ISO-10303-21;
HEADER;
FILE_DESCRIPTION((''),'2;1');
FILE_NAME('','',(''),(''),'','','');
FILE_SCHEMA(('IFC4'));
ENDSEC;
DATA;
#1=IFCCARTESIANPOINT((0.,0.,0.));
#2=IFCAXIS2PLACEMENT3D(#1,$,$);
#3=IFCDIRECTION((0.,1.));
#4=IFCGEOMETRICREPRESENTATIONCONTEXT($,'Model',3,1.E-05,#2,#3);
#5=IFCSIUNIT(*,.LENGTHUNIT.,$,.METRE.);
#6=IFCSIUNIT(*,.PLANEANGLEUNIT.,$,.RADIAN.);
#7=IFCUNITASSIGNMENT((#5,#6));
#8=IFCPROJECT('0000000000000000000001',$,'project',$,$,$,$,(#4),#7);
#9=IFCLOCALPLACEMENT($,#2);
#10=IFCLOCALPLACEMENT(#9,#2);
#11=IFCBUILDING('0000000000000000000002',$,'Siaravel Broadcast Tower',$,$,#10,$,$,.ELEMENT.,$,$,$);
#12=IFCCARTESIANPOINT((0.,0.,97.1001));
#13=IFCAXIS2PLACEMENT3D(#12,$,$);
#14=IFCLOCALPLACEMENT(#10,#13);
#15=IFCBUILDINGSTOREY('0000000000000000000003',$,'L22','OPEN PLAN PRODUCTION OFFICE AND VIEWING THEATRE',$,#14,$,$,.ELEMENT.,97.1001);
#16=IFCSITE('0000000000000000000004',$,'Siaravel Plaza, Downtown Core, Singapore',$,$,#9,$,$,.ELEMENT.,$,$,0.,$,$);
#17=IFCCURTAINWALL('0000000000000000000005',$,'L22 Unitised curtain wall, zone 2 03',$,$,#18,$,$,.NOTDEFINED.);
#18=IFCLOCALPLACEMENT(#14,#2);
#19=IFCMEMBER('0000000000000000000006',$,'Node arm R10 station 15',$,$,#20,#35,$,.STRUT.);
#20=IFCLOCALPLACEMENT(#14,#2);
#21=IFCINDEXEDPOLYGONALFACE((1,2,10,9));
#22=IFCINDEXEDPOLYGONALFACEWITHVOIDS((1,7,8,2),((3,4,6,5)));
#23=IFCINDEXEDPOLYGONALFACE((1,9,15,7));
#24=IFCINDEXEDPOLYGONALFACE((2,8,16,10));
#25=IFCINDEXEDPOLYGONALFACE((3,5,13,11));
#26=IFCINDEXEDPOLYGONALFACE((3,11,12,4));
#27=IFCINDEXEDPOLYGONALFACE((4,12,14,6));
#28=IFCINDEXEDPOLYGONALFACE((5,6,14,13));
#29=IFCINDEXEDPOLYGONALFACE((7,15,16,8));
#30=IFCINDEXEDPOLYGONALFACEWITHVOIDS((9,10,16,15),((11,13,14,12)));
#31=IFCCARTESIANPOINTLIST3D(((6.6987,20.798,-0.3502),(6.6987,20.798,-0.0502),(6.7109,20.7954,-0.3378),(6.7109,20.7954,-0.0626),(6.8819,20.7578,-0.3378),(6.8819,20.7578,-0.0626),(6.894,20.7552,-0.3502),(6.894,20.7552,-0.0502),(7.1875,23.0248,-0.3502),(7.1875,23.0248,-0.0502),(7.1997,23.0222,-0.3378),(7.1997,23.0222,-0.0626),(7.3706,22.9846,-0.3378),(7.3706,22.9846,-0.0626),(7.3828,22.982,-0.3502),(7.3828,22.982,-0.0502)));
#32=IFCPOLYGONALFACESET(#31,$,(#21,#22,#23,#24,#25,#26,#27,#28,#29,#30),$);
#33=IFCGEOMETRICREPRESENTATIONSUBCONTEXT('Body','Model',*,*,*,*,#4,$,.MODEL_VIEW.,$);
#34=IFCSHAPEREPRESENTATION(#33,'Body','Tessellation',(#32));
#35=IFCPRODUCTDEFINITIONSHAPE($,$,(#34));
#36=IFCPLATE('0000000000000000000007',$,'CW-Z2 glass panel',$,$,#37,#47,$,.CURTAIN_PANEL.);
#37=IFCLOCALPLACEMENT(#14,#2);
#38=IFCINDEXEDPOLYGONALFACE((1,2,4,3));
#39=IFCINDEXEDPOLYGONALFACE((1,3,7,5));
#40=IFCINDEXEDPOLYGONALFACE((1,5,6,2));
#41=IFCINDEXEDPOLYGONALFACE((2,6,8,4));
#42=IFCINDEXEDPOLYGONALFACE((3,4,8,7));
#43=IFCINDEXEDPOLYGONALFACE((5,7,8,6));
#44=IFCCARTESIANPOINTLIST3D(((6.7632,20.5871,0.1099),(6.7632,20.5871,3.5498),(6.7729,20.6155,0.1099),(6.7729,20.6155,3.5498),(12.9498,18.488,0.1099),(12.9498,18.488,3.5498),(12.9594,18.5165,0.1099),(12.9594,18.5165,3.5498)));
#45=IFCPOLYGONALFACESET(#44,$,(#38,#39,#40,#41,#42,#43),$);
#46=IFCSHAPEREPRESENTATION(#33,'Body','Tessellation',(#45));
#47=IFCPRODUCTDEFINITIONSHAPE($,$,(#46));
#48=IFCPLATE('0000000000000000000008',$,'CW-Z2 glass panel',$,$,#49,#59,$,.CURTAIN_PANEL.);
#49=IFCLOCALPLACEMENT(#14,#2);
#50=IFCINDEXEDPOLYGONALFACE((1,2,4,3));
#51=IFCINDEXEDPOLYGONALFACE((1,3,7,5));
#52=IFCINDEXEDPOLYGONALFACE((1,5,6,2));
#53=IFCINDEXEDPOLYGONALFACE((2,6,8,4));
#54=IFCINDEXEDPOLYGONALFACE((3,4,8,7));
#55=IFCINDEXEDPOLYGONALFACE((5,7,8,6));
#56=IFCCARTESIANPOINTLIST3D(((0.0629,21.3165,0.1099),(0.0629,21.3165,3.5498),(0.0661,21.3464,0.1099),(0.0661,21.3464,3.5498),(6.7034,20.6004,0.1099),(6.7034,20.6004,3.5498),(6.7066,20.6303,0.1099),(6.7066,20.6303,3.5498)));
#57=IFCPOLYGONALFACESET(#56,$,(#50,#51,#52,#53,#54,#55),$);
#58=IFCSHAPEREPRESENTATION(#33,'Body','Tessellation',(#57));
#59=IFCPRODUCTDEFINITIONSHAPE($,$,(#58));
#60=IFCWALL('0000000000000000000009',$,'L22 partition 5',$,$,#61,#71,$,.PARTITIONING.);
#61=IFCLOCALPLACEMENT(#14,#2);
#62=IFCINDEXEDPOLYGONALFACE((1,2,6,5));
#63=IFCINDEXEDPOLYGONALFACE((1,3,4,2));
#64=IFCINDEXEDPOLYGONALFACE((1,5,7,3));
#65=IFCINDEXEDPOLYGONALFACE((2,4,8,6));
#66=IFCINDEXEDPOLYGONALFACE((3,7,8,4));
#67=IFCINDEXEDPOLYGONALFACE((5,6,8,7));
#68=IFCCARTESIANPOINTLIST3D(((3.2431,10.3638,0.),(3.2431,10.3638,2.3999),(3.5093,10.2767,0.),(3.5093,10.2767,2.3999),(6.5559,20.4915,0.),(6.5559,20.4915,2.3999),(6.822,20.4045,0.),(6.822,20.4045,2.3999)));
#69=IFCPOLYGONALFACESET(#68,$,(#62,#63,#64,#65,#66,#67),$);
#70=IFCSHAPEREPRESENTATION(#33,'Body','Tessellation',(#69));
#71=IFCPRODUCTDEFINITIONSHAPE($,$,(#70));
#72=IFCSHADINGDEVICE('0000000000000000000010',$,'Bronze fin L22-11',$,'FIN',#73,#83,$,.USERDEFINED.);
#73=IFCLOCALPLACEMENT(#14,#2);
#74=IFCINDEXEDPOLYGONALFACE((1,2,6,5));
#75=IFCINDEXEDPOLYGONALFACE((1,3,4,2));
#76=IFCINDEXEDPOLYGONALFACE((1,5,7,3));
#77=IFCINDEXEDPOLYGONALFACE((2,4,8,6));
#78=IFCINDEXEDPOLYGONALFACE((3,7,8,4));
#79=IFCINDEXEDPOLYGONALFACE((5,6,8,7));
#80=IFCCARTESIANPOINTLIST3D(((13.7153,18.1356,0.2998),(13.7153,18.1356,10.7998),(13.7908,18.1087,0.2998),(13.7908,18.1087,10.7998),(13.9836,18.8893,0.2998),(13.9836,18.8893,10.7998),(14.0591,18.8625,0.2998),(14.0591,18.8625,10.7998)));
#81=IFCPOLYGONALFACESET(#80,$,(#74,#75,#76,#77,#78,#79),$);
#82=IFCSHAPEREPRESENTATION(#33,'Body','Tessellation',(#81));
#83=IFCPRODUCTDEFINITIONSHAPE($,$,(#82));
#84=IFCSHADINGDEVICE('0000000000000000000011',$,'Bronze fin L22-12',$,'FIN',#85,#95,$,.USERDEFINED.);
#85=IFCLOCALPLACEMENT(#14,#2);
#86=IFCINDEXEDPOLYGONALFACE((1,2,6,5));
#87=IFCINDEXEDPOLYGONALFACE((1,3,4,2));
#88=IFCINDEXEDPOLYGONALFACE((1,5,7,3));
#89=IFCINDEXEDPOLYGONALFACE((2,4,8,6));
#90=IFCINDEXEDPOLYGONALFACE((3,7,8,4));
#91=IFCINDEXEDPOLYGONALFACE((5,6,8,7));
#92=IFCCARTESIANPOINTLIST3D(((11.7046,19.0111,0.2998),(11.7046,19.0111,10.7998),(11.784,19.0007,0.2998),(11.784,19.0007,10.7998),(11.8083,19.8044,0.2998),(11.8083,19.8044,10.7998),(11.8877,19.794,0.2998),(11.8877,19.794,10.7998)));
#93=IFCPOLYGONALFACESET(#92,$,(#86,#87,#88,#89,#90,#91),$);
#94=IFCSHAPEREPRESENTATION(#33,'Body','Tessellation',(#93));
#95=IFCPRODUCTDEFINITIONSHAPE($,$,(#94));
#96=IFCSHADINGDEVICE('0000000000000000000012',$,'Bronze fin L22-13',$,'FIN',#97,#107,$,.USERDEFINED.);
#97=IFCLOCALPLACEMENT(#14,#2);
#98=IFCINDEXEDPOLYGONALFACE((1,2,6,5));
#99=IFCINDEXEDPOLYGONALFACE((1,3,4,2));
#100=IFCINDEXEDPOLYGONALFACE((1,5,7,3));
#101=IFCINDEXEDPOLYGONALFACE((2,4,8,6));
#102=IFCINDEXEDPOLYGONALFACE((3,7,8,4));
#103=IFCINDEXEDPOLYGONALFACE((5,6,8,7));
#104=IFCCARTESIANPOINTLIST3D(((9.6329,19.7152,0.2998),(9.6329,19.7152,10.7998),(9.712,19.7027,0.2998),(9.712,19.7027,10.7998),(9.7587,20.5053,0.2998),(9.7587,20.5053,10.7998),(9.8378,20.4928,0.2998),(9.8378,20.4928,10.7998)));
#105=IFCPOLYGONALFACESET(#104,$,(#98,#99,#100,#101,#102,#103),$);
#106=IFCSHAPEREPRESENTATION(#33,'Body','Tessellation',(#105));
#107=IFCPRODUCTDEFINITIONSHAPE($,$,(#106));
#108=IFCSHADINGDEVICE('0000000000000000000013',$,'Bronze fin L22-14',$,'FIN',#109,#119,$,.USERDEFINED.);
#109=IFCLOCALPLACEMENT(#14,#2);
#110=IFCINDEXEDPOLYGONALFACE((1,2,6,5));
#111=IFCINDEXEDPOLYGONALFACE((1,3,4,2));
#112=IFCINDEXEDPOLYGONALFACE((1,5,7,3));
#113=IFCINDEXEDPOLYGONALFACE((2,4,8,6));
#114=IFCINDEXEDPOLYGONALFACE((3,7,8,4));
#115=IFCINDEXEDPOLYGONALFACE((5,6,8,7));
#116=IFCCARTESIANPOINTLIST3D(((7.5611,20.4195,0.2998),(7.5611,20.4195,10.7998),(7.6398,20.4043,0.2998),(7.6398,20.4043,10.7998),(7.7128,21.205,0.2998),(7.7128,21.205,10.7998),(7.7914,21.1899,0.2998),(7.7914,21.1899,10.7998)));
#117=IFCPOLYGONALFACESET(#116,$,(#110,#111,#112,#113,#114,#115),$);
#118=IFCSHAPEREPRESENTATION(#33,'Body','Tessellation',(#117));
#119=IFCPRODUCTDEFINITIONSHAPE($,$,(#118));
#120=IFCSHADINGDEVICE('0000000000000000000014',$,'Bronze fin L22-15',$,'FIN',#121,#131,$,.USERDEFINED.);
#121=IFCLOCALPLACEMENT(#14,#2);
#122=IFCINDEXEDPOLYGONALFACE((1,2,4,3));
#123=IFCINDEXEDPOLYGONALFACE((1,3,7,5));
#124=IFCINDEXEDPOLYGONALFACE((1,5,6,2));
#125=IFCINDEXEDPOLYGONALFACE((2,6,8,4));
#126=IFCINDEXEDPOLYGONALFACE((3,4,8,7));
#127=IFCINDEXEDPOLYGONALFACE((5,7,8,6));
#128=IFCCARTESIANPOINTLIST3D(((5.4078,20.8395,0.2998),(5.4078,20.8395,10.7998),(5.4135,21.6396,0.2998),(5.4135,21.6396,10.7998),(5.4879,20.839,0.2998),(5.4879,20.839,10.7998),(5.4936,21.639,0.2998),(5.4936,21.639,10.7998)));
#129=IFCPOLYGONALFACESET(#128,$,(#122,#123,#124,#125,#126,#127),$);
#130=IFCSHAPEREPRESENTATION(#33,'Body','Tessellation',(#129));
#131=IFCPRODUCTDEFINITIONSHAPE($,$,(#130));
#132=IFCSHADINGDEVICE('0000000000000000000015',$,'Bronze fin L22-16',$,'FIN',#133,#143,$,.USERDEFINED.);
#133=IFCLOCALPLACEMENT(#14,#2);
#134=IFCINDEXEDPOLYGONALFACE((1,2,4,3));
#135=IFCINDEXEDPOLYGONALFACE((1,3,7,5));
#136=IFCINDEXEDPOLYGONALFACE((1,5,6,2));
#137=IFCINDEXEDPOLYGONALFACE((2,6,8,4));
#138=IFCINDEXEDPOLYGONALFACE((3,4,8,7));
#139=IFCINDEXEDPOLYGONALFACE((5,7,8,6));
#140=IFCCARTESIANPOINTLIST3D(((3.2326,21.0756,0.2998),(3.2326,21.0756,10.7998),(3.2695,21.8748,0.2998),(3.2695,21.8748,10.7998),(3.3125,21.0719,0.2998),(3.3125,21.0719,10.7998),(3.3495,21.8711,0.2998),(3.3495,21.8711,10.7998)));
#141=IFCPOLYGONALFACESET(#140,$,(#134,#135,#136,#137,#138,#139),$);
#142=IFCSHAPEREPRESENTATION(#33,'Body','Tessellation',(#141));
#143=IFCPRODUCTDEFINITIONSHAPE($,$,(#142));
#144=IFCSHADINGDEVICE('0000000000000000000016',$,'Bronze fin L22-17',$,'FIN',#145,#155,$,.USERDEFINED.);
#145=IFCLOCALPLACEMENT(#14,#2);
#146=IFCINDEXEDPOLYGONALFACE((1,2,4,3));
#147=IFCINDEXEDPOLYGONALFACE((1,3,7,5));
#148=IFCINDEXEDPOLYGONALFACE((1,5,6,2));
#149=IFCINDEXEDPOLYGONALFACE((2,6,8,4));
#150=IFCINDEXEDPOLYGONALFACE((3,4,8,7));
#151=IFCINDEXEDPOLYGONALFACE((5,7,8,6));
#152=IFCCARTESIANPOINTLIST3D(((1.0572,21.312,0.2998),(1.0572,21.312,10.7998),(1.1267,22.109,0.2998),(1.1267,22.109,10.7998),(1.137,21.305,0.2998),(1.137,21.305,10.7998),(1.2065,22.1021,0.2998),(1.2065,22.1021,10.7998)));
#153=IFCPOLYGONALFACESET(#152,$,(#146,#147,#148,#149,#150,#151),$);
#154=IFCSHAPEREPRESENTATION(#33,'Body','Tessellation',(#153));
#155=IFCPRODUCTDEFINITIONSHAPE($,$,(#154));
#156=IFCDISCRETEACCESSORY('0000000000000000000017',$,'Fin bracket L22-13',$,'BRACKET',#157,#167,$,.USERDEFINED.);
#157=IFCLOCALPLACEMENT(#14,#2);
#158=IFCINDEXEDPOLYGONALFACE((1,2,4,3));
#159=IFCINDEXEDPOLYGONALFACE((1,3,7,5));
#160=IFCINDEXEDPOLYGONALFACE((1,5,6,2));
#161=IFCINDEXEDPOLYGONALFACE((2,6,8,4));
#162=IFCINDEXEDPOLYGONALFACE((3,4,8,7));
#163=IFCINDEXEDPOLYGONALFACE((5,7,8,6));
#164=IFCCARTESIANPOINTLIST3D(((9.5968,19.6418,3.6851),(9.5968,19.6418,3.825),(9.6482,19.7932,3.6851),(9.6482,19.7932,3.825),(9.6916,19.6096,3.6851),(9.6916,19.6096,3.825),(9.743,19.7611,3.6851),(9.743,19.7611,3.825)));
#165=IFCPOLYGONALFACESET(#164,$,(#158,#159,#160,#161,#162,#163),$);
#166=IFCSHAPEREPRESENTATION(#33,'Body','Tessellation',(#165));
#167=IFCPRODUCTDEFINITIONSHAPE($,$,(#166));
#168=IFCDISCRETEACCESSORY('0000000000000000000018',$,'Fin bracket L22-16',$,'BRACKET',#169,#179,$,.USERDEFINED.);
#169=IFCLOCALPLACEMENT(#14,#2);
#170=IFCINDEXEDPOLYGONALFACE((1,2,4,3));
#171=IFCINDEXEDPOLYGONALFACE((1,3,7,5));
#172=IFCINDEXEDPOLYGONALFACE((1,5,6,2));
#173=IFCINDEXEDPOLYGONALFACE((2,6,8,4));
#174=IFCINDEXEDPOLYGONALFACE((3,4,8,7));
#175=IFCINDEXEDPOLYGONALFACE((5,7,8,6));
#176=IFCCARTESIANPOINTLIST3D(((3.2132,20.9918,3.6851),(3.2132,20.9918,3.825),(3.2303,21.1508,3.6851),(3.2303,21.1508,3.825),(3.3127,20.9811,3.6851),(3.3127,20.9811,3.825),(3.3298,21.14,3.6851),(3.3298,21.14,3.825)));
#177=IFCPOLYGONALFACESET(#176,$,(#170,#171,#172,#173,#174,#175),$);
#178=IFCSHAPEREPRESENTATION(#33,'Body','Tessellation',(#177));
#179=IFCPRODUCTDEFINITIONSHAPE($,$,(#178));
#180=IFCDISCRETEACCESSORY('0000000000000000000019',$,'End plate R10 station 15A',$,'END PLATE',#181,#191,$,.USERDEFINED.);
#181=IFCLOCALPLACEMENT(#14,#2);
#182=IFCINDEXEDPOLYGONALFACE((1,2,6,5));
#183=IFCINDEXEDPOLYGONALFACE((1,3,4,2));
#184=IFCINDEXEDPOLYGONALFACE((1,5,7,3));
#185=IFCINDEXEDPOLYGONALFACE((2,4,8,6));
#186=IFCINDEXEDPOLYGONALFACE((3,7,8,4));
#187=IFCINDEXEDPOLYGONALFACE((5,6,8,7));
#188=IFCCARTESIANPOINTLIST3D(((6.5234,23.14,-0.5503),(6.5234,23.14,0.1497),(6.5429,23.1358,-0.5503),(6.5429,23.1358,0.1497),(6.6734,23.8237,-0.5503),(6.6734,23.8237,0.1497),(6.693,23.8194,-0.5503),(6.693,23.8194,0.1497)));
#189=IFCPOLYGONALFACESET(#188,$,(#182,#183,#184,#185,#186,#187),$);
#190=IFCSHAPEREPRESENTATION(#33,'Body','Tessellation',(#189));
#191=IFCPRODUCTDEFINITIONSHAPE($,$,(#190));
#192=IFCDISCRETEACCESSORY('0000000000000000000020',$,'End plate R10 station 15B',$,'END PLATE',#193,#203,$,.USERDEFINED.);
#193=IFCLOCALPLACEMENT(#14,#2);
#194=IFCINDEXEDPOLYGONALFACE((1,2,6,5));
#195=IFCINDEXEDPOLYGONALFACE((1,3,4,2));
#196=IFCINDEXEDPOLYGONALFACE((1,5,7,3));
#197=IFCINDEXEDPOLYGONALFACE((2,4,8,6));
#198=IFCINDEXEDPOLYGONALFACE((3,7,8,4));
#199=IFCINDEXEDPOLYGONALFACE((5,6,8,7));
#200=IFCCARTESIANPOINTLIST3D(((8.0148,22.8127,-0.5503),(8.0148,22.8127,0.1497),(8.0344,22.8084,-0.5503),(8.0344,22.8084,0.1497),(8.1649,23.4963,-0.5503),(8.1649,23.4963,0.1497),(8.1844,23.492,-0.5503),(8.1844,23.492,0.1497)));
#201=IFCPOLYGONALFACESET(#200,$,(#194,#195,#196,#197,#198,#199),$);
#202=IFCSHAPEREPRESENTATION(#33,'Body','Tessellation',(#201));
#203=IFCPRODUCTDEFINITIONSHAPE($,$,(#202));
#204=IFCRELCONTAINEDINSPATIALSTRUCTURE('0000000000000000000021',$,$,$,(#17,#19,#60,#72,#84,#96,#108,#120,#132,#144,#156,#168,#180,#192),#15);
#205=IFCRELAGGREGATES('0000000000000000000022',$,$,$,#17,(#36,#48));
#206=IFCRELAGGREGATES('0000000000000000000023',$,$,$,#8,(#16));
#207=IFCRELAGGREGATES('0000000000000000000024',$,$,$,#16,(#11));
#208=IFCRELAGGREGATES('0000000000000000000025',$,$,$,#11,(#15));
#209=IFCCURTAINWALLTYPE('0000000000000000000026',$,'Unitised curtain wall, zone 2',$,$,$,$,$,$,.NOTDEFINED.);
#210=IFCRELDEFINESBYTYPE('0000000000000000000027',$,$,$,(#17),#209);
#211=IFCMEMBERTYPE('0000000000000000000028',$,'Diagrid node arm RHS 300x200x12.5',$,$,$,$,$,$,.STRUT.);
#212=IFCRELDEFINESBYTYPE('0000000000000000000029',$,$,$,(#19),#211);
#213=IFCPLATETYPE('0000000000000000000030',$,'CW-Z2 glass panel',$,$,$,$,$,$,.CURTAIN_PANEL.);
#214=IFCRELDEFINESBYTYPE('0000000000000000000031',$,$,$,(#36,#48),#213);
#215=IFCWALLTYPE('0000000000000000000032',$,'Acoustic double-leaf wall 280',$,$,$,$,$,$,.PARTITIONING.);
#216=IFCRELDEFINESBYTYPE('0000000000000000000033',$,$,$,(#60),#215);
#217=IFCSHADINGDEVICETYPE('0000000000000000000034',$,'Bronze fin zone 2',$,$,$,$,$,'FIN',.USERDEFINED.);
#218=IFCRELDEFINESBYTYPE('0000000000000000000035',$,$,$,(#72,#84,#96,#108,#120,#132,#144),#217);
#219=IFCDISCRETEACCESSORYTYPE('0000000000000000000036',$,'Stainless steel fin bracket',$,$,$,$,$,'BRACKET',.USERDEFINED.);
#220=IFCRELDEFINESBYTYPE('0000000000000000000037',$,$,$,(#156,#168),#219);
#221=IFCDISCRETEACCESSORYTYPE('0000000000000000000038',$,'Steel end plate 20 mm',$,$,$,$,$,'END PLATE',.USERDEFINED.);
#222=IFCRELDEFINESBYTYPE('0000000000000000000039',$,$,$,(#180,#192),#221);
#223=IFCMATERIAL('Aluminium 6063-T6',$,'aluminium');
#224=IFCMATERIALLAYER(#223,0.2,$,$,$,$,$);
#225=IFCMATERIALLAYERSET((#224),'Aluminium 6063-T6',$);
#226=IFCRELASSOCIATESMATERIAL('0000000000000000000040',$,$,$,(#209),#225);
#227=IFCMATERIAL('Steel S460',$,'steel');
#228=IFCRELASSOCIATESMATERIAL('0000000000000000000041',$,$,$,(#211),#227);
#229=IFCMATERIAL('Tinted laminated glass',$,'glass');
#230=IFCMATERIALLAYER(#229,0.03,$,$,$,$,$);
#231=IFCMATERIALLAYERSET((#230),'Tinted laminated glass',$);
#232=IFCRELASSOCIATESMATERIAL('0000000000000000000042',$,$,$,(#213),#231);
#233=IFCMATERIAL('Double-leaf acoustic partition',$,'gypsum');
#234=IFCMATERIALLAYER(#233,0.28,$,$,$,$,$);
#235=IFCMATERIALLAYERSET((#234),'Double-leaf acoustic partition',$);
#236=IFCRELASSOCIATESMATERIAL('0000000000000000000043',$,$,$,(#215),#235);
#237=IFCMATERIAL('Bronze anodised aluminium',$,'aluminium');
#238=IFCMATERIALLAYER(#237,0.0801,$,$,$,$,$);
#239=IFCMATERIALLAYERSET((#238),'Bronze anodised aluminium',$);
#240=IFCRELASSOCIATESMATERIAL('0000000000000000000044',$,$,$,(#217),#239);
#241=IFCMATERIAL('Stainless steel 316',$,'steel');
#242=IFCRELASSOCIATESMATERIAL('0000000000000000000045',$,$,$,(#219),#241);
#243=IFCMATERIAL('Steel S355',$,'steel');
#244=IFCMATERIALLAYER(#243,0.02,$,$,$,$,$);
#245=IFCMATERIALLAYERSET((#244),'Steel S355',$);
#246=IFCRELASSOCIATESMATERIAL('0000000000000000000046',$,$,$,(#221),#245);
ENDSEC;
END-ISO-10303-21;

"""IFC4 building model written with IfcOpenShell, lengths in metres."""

from ifc_helpers import new_model, si_unit, direction, frame, frame_2d, origin, origin_2d, place, context, subcontext, project, spatial, rectangle, hollow_rectangle, extrude, material, layer, layer_set, material_profile, profile_set, type_object, element, aggregate, save


model = new_model("IFC4")

# Units and contexts
model_context = context("Model", 3, precision=1e-05, world=origin(), true_north=direction((0.0, 1.0)))
body_context = subcontext(model_context, "Body", "Model", "MODEL_VIEW")
ifc_project = project(units=[si_unit("LENGTHUNIT", "METRE"), si_unit("PLANEANGLEUNIT", "RADIAN")], contexts=[model_context])

# Site, building, storey
site_placement = place(None, origin())
site = spatial("IfcSite", under=ifc_project, at=site_placement, Name="Siaravel Plaza, Downtown Core, Singapore", CompositionType="ELEMENT", RefElevation=0.0)
building_placement = place(site_placement, origin())
building = spatial("IfcBuilding", under=site, at=building_placement, Name="Siaravel Broadcast Tower", CompositionType="ELEMENT")
storey_placement = place(building_placement, frame((0.0, 0.0, 97.1001)))
storey = spatial("IfcBuildingStorey", under=building, at=storey_placement, Name="L22", Description="OPEN PLAN PRODUCTION OFFICE AND VIEWING THEATRE", CompositionType="ELEMENT", Elevation=97.1001)

# Shared definitions
ifc_material_1 = material(Name="Steel S355", Category="steel")

# Curtain wall
ifc_material_2 = material(Name="Aluminium 6063-T6", Category="aluminium")
ifc_layer_1 = layer(ifc_material_2, 0.2)
ifc_layer_set_1 = layer_set([ifc_layer_1], Name="Aluminium 6063-T6")
curtain_wall_type = type_object("IfcCurtainWallType", Name="Unitised curtain wall, zone 2", PredefinedType="NOTDEFINED", material=ifc_layer_set_1)
curtain_wall_placement = place(storey_placement, origin())
curtain_wall = element("IfcCurtainWall", 1, at=curtain_wall_placement, inside=storey, type_object=curtain_wall_type, Name="L22 Unitised curtain wall, zone 2 03", PredefinedType="NOTDEFINED")

# Member
ifc_material_3 = material(Name="Steel S460", Category="steel")
ifc_material_profile_1 = material_profile(ifc_material_3, hollow_rectangle(XDim=0.2, YDim=0.3, WallThickness=0.0125, at=origin_2d()))
ifc_profile_set_1 = profile_set([ifc_material_profile_1], Name="Steel S460")
member_type_1 = type_object("IfcMemberType", Name="Diagrid node arm RHS 300x200x12.5", PredefinedType="STRUT", material=ifc_profile_set_1)
member_1_placement = place(storey_placement, frame((6.7964, 20.7766, -0.2002), z_axis=(0.21439, 0.976748, 0.0), x_axis=(-0.976748, 0.21439, 0.0)))
element("IfcMember", 2, at=member_1_placement, inside=storey, type_object=member_type_1, Name="Node arm R10 station 15", PredefinedType="STRUT", context=body_context, shape_type="SweptSolid", body=[
    extrude(hollow_rectangle(XDim=0.2, YDim=0.3, WallThickness=0.0125, at=origin_2d()), origin(), (0.0, 0.0, 1.0), 2.2798),
])

# Plates
ifc_material_4 = material(Name="Tinted laminated glass", Category="glass")
ifc_layer_2 = layer(ifc_material_4, 0.03)
ifc_layer_set_2 = layer_set([ifc_layer_2], Name="Tinted laminated glass")
plate_type = type_object("IfcPlateType", Name="CW-Z2 glass panel", PredefinedType="CURTAIN_PANEL", material=ifc_layer_set_2)
plate_1_placement = place(storey_placement, frame((9.8613, 19.5518, 0.1099), z_axis=(0.0, 0.0, 1.0), x_axis=(-0.946977, 0.3213, 0.0)))
plate_1 = element("IfcPlate", 3, at=plate_1_placement, type_object=plate_type, Name="CW-Z2 glass panel", PredefinedType="CURTAIN_PANEL", context=body_context, shape_type="SweptSolid", body=[
    extrude(rectangle(XDim=6.533, YDim=0.03, at=origin_2d()), origin(), (0.0, 0.0, 1.0), 3.4399),
])
plate_2_placement = place(storey_placement, frame((3.3848, 20.9734, 0.1099), z_axis=(0.0, 0.0, 1.0), x_axis=(-0.994236, 0.107217, 0.0)))
plate_2 = element("IfcPlate", 4, at=plate_2_placement, type_object=plate_type, Name="CW-Z2 glass panel", PredefinedType="CURTAIN_PANEL", context=body_context, shape_type="SweptSolid", body=[
    extrude(rectangle(XDim=6.679, YDim=0.03, at=origin_2d()), origin(), (0.0, 0.0, 1.0), 3.4399),
])
aggregate(curtain_wall, [plate_1, plate_2])

# Wall
ifc_material_5 = material(Name="Double-leaf acoustic partition", Category="gypsum")
ifc_layer_3 = layer(ifc_material_5, 0.28)
ifc_layer_set_3 = layer_set([ifc_layer_3], Name="Double-leaf acoustic partition")
wall_type = type_object("IfcWallType", Name="Acoustic double-leaf wall 280", PredefinedType="PARTITIONING", material=ifc_layer_set_3)
wall_placement = place(storey_placement, frame((6.689, 20.448, 0.0), z_axis=(0.0, 0.0, 1.0), x_axis=(-0.310889, -0.950446, 0.0)))
element("IfcWall", 5, at=wall_placement, inside=storey, type_object=wall_type, Name="L22 partition 5", PredefinedType="PARTITIONING", context=body_context, shape_type="SweptSolid", body=[
    extrude(rectangle(XDim=10.6558, YDim=0.28, at=frame_2d((5.3279, 0.0))), origin(), (0.0, 0.0, 1.0), 2.3999),
])

# Shading devices
ifc_material_6 = material(Name="Bronze anodised aluminium", Category="aluminium")
ifc_layer_4 = layer(ifc_material_6, 0.0801)
ifc_layer_set_4 = layer_set([ifc_layer_4], Name="Bronze anodised aluminium")
shading_device_type = type_object("IfcShadingDeviceType", Name="Bronze fin zone 2", ElementType="FIN", PredefinedType="USERDEFINED", material=ifc_layer_set_4)
for number, where, z_axis, x_axis, name in (
    (6, (13.8872, 18.499, 0.2998), (0.0, 0.0, 1.0), (0.335327, 0.942102, 0.0), "Bronze fin L22-11"),
    (7, (11.7961, 19.4026, 0.2998), (0.0, 0.0, 1.0), (0.129597, 0.991567, 0.0), "Bronze fin L22-12"),
    (8, (9.7354, 20.104, 0.2998), (0.0, 0.0, 1.0), (0.157167, 0.987572, 0.0), "Bronze fin L22-13"),
    (9, (7.6763, 20.8047, 0.2998), (0.0, 0.0, 1.0), (0.189543, 0.981872, 0.0), "Bronze fin L22-14"),
    (10, (5.4507, 21.2393, 0.2998), (0.0, 0.0, 1.0), (0.00714, 0.999975, 0.0), "Bronze fin L22-15"),
    (11, (3.291, 21.4734, 0.2998), (0.0, 0.0, 1.0), (0.046162, 0.998934, 0.0), "Bronze fin L22-16"),
    (12, (1.1318, 21.707, 0.2998), (0.0, 0.0, 1.0), (0.086834, 0.996223, 0.0), "Bronze fin L22-17"),
):
    element("IfcShadingDevice", number, at=place(storey_placement, frame(where, z_axis=z_axis, x_axis=x_axis)), inside=storey, type_object=shading_device_type, Name=name, ObjectType="FIN", PredefinedType="USERDEFINED", context=body_context, shape_type="SweptSolid", body=[
        extrude(rectangle(XDim=0.8, YDim=0.0801, at=origin_2d()), origin(), (0.0, 0.0, 1.0), 10.5),
    ])

# Discrete accessories
ifc_material_7 = material(Name="Stainless steel 316", Category="steel")
discrete_accessory_type_1 = type_object("IfcDiscreteAccessoryType", Name="Stainless steel fin bracket", ElementType="BRACKET", PredefinedType="USERDEFINED", material=ifc_material_7)
for number, where, z_axis, x_axis, name in (
    (13, (9.6699, 19.7014, 3.6851), (0.0, 0.0, 1.0), (0.321301, 0.946977, 0.0), "Fin bracket L22-13"),
    (14, (3.2715, 21.0659, 3.6851), (0.0, 0.0, 1.0), (0.107217, 0.994236, 0.0), "Fin bracket L22-16"),
):
    element("IfcDiscreteAccessory", number, at=place(storey_placement, frame(where, z_axis=z_axis, x_axis=x_axis)), inside=storey, type_object=discrete_accessory_type_1, Name=name, ObjectType="BRACKET", PredefinedType="USERDEFINED", context=body_context, shape_type="SweptSolid", body=[
        extrude(rectangle(XDim=0.1599, YDim=0.1001, at=origin_2d()), origin(), (0.0, 0.0, 1.0), 0.1399),
    ])
ifc_layer_5 = layer(ifc_material_1, 0.02)
ifc_layer_set_5 = layer_set([ifc_layer_5], Name="Steel S355")
discrete_accessory_type_2 = type_object("IfcDiscreteAccessoryType", Name="Steel end plate 20 mm", ElementType="END PLATE", PredefinedType="USERDEFINED", material=ifc_layer_set_5)
for number, where, z_axis, x_axis, name in (
    (15, (6.6082, 23.4797, -0.5503), (0.0, 0.0, 1.0), (-0.976751, 0.214377, 0.0), "End plate R10 station 15A"),
    (16, (8.0996, 23.1523, -0.5503), (0.0, 0.0, 1.0), (-0.976751, 0.214377, 0.0), "End plate R10 station 15B"),
):
    element("IfcDiscreteAccessory", number, at=place(storey_placement, frame(where, z_axis=z_axis, x_axis=x_axis)), inside=storey, type_object=discrete_accessory_type_2, Name=name, ObjectType="END PLATE", PredefinedType="USERDEFINED", context=body_context, shape_type="SweptSolid", body=[
        extrude(rectangle(XDim=0.02, YDim=0.7, at=origin_2d()), origin(), (0.0, 0.0, 1.0), 0.7),
    ])

save(model, "model.ifc")
